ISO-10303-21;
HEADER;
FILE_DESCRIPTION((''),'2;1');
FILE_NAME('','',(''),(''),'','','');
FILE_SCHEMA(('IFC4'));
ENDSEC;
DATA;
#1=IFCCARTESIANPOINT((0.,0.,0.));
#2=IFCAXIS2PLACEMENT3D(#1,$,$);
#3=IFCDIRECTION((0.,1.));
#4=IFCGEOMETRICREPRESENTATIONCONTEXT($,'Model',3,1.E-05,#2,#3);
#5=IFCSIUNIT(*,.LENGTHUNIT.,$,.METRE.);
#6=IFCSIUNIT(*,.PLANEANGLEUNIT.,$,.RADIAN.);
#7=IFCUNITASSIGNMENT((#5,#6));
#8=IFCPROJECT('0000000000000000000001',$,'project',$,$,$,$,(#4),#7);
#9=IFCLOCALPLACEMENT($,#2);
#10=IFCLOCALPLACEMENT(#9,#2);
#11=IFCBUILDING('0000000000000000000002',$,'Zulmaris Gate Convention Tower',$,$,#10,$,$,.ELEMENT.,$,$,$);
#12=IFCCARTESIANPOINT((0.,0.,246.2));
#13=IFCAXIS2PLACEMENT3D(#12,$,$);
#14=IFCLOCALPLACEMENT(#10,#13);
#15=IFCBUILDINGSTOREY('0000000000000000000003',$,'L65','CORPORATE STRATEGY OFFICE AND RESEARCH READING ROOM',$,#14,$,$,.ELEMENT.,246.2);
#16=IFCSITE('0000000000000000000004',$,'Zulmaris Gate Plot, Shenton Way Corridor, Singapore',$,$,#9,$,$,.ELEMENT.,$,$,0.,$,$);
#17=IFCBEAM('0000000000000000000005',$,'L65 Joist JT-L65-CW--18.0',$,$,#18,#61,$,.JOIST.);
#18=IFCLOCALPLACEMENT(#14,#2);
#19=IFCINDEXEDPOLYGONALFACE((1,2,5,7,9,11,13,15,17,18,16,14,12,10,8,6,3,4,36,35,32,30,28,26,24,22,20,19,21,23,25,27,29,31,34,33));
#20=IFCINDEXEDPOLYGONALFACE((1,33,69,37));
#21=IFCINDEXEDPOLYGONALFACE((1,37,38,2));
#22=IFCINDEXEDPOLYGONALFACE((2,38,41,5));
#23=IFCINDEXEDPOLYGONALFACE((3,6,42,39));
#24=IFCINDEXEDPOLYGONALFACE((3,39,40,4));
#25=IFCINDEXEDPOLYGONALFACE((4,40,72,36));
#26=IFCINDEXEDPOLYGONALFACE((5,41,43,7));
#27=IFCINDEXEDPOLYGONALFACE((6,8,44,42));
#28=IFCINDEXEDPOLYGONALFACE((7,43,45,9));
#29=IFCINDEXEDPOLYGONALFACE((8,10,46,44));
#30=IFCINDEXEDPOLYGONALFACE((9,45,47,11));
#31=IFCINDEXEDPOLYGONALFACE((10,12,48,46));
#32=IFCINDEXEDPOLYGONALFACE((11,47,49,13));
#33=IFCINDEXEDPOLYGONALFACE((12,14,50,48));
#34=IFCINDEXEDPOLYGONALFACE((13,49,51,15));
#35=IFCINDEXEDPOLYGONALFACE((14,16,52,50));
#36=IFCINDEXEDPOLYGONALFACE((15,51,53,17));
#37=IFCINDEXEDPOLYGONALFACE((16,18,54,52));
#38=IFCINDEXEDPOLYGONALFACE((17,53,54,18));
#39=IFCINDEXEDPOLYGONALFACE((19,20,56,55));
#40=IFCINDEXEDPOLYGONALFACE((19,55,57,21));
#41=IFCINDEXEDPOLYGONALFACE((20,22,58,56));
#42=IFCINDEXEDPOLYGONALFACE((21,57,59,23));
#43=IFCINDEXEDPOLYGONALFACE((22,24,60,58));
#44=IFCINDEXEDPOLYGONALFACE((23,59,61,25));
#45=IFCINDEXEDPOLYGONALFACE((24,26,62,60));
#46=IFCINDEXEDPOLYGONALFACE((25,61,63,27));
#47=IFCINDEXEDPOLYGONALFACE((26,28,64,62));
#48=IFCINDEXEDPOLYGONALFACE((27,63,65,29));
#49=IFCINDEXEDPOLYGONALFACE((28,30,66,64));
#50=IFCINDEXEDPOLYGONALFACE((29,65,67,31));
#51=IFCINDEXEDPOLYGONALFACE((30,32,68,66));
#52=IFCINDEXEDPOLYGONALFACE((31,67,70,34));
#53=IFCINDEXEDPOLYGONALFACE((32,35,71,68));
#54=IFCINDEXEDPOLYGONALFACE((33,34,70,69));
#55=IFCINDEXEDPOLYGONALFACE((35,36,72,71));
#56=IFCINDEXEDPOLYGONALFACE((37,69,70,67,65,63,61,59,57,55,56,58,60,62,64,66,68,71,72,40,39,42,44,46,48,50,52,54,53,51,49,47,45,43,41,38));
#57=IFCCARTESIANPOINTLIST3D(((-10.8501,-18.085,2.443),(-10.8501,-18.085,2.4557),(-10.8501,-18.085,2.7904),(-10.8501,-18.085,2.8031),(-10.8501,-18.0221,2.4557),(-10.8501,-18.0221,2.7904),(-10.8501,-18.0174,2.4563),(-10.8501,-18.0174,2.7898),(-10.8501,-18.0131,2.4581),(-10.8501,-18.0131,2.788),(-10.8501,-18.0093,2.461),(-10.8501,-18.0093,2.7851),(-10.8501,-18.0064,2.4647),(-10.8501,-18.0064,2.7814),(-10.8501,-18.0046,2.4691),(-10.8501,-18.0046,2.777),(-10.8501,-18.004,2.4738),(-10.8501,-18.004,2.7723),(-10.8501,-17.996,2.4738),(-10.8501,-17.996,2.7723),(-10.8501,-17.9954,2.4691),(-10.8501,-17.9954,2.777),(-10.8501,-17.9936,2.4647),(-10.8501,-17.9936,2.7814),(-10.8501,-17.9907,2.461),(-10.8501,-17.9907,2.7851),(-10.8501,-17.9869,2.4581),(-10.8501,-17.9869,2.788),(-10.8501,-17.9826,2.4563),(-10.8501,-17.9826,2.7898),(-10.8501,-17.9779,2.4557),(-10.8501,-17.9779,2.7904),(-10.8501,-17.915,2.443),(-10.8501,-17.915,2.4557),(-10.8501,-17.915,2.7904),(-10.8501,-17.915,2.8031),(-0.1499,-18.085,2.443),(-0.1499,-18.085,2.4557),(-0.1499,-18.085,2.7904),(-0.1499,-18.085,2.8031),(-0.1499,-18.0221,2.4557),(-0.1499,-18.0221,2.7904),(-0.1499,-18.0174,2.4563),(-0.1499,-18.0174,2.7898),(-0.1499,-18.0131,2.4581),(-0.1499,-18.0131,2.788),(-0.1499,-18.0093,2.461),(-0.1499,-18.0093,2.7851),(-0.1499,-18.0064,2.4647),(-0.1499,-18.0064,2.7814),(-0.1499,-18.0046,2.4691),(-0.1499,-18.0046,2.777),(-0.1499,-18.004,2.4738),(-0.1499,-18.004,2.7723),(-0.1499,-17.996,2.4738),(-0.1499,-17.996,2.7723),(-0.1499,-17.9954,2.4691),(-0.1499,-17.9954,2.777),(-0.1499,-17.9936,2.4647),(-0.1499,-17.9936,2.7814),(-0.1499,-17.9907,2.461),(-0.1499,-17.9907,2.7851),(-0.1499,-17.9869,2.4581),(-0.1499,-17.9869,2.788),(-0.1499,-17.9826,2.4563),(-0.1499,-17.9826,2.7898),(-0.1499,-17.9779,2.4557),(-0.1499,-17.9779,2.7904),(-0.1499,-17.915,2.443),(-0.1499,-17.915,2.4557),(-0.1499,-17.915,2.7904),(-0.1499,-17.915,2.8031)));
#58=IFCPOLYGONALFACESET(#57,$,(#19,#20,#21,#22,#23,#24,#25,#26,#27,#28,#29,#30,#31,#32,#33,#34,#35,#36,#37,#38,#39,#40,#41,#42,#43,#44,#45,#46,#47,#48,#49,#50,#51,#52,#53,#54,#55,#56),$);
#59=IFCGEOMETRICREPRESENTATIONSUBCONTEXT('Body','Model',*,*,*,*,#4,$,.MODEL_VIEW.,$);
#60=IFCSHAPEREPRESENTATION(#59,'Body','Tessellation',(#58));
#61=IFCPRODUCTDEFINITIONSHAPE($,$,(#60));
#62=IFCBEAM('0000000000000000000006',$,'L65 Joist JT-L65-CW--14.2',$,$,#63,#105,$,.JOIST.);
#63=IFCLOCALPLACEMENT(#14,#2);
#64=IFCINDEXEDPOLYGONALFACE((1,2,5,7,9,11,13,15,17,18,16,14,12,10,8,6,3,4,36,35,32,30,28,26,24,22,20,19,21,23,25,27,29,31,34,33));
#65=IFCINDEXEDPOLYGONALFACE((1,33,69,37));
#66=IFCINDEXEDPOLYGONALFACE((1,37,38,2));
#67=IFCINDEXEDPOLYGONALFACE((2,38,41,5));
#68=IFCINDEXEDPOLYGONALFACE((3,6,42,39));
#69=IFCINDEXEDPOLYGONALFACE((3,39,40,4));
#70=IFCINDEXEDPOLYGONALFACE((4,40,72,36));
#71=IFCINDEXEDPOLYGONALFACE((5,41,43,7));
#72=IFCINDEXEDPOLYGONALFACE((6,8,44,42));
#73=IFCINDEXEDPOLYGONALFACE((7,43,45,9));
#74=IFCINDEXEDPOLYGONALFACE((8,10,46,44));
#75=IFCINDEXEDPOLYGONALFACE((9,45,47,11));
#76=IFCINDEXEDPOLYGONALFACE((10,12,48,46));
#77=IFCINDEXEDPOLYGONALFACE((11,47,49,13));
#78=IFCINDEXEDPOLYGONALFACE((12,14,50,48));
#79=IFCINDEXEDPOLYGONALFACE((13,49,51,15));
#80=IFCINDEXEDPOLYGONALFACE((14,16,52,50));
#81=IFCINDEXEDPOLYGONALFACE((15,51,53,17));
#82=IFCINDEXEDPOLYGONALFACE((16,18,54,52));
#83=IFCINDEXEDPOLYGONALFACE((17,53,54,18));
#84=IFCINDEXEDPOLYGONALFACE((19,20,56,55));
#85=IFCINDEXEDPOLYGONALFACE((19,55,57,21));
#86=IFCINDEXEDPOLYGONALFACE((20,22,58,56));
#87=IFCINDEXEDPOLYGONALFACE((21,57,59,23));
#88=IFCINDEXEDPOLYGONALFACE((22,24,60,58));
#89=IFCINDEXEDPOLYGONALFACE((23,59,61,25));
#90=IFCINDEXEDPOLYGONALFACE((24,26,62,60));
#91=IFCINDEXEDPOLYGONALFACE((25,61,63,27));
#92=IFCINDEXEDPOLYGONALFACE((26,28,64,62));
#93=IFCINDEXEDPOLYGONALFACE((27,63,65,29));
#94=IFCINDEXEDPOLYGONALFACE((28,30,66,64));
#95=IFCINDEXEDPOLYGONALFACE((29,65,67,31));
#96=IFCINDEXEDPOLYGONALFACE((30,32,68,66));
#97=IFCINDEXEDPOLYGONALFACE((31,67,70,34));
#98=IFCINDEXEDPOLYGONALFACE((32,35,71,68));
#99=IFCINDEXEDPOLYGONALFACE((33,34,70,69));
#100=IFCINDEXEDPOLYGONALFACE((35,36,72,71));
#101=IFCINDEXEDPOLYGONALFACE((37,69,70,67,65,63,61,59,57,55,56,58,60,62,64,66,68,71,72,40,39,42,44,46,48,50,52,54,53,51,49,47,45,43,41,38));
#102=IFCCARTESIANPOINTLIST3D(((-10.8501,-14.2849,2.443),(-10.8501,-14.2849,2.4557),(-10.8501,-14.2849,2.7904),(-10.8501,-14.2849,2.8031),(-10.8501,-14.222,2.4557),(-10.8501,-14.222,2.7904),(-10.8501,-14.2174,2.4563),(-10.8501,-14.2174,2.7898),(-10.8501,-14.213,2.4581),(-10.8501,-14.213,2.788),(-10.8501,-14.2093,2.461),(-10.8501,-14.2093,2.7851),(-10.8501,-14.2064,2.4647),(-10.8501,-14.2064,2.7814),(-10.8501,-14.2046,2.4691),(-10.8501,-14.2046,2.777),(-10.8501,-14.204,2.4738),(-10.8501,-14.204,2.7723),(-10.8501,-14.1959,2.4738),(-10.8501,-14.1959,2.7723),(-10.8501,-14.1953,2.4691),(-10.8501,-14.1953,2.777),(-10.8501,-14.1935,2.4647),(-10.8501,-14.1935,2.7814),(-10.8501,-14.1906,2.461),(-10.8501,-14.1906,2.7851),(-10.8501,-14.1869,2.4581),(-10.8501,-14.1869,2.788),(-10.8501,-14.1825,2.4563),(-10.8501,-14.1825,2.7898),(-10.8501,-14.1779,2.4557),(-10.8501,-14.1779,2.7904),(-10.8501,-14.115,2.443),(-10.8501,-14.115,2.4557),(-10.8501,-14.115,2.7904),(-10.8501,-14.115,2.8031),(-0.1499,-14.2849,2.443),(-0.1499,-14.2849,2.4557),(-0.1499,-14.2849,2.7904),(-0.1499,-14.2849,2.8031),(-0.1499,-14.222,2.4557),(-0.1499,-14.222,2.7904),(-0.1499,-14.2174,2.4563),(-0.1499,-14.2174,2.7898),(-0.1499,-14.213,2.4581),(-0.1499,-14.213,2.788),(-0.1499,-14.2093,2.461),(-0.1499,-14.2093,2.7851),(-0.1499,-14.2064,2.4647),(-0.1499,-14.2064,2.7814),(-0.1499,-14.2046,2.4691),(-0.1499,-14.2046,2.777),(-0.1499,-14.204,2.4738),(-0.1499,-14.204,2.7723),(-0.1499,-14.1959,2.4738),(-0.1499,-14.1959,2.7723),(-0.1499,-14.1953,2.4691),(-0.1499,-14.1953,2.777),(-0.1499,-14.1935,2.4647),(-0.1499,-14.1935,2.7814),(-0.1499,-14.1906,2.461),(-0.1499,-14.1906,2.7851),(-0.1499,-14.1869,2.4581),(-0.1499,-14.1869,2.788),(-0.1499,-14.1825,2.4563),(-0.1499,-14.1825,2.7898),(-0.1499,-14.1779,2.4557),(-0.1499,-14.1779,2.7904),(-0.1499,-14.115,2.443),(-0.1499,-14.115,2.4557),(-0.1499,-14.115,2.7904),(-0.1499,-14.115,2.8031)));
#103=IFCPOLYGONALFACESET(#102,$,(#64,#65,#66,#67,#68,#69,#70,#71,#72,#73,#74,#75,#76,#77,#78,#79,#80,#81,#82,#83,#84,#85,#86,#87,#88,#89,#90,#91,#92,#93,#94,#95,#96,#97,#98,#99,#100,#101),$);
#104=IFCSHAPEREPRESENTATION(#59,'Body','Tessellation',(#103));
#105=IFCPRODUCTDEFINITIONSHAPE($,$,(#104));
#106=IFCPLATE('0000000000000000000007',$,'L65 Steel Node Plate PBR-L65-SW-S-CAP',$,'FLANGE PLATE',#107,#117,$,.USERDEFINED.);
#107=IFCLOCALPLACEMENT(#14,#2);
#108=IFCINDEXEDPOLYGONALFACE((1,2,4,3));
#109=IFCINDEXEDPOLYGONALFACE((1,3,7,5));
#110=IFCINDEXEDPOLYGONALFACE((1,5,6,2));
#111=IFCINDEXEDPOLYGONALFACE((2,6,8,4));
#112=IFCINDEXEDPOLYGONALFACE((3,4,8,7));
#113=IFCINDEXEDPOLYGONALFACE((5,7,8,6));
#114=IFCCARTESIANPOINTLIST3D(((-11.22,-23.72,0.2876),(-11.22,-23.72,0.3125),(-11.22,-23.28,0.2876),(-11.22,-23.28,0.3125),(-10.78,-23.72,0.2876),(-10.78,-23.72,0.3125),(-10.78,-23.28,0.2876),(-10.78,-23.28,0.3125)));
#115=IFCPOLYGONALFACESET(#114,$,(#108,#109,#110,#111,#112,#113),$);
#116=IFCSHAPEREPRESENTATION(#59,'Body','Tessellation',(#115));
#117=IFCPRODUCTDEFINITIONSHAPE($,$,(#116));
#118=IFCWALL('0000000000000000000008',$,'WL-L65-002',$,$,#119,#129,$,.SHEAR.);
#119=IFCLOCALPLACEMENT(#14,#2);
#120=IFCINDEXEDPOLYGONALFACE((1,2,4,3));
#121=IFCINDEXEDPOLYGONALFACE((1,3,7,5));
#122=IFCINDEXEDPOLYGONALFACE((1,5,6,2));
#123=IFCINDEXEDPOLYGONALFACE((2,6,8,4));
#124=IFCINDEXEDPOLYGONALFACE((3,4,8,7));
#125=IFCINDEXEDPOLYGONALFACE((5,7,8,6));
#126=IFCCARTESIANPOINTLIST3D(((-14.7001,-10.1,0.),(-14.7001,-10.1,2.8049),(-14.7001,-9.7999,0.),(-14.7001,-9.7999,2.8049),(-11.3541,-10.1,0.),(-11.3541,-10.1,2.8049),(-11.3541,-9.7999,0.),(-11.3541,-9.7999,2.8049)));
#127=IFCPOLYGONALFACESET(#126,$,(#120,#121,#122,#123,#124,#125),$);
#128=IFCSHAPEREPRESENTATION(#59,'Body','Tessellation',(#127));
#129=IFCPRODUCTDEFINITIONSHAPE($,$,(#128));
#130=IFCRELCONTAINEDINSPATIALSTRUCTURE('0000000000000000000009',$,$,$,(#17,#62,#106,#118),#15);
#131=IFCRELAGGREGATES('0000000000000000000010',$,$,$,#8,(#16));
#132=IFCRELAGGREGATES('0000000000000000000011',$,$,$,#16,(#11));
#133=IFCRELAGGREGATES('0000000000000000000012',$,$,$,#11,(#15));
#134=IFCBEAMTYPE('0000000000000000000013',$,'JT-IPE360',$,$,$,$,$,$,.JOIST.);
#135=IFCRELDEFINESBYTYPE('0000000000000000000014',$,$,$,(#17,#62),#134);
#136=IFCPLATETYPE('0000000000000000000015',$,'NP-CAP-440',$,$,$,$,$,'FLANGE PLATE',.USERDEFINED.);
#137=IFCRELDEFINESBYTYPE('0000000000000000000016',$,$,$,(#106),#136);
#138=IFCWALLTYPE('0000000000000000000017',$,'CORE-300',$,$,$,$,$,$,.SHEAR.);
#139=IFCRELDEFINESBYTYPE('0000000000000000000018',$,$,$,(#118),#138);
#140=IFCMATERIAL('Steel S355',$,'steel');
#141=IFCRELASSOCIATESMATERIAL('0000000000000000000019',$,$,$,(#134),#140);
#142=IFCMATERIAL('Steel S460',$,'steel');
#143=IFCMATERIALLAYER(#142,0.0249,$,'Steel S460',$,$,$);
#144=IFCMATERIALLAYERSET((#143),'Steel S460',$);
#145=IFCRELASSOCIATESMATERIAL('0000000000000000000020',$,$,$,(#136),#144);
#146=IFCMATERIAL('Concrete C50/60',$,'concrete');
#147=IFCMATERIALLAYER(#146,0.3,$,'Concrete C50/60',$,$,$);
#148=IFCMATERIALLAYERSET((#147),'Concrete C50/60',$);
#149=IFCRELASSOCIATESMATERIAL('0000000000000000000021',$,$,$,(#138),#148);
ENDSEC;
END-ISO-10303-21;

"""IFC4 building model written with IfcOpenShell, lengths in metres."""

from ifc_helpers import new_model, si_unit, direction, frame, frame_2d, origin, origin_2d, place, context, subcontext, project, spatial, rectangle, i_section, extrude, material, layer, layer_set, material_profile, profile_set, type_object, element, save


model = new_model("IFC4")

# Units and contexts
model_context = context("Model", 3, precision=1e-05, world=origin(), true_north=direction((0.0, 1.0)))
body_context = subcontext(model_context, "Body", "Model", "MODEL_VIEW")
ifc_project = project(units=[si_unit("LENGTHUNIT", "METRE"), si_unit("PLANEANGLEUNIT", "RADIAN")], contexts=[model_context])

# Site, building, storey
site_placement = place(None, origin())
site = spatial("IfcSite", under=ifc_project, at=site_placement, Name="Zulmaris Gate Plot, Shenton Way Corridor, Singapore", CompositionType="ELEMENT", RefElevation=0.0)
building_placement = place(site_placement, origin())
building = spatial("IfcBuilding", under=site, at=building_placement, Name="Zulmaris Gate Convention Tower", CompositionType="ELEMENT")
storey_placement = place(building_placement, frame((0.0, 0.0, 246.2)))
storey = spatial("IfcBuildingStorey", under=building, at=storey_placement, Name="L65", Description="CORPORATE STRATEGY OFFICE AND RESEARCH READING ROOM", CompositionType="ELEMENT", Elevation=246.2)

# Shared definitions
ifc_material_1 = material(Name="Concrete C50/60", Category="concrete")

# Shared definitions
ifc_material_2 = material(Name="Steel S355", Category="steel")

# Beams
ifc_material_profile_1 = material_profile(ifc_material_2, i_section(OverallWidth=0.1699, OverallDepth=0.3601, WebThickness=0.0081, FlangeThickness=0.0127, FilletRadius=0.0181, at=origin_2d()), Name="IPE 360")
ifc_profile_set_1 = profile_set([ifc_material_profile_1], Name="Steel S355")
beam_type_1 = type_object("IfcBeamType", Name="JT-IPE360", PredefinedType="JOIST", material=ifc_profile_set_1)
for number, where, z_axis, x_axis, name in (
    (1, (-10.8501, -18.0, 2.623), (1.0, 0.0, 0.0), (0.0, 1.0, 0.0), "L65 Joist JT-L65-CW--18.0"),
    (2, (-10.8501, -14.2, 2.623), (1.0, 0.0, 0.0), (0.0, 1.0, 0.0), "L65 Joist JT-L65-CW--14.2"),
):
    element("IfcBeam", number, at=place(storey_placement, frame(where, z_axis=z_axis, x_axis=x_axis)), inside=storey, type_object=beam_type_1, Name=name, PredefinedType="JOIST", context=body_context, shape_type="SweptSolid", body=[
        extrude(i_section(OverallWidth=0.1699, OverallDepth=0.3601, WebThickness=0.0081, FlangeThickness=0.0127, FilletRadius=0.0181, at=origin_2d()), origin(), (0.0, 0.0, 1.0), 10.7002),
    ])

# Plate
ifc_material_3 = material(Name="Steel S460", Category="steel")
ifc_layer_1 = layer(ifc_material_3, 0.0249, Name="Steel S460")
ifc_layer_set_1 = layer_set([ifc_layer_1], Name="Steel S460")
plate_type = type_object("IfcPlateType", Name="NP-CAP-440", ElementType="FLANGE PLATE", PredefinedType="USERDEFINED", material=ifc_layer_set_1)
plate_placement = place(storey_placement, frame((-11.0, -23.5, 0.2876), z_axis=(0.0, 0.0, 1.0), x_axis=(1.0, 0.0, 0.0)))
element("IfcPlate", 3, at=plate_placement, inside=storey, type_object=plate_type, Name="L65 Steel Node Plate PBR-L65-SW-S-CAP", ObjectType="FLANGE PLATE", PredefinedType="USERDEFINED", context=body_context, shape_type="SweptSolid", body=[
    extrude(rectangle(XDim=0.4399, YDim=0.4399, at=origin_2d()), origin(), (0.0, 0.0, 1.0), 0.0249),
])

# Wall
ifc_layer_2 = layer(ifc_material_1, 0.3, Name="Concrete C50/60")
ifc_layer_set_2 = layer_set([ifc_layer_2], Name="Concrete C50/60")
wall_type_1 = type_object("IfcWallType", Name="CORE-300", PredefinedType="SHEAR", material=ifc_layer_set_2)
wall_1_placement = place(storey_placement, frame((-14.7, -9.95, 0.0), z_axis=(0.0, 0.0, 1.0), x_axis=(1.0, 0.0, 0.0)))
element("IfcWall", 4, at=wall_1_placement, inside=storey, type_object=wall_type_1, Name="WL-L65-002", PredefinedType="SHEAR", context=body_context, shape_type="SweptSolid", body=[
    extrude(rectangle(XDim=3.3459, YDim=0.3, at=frame_2d((1.6729, 0.0))), origin(), (0.0, 0.0, 1.0), 2.8049),
])

save(model, "model.ifc")
